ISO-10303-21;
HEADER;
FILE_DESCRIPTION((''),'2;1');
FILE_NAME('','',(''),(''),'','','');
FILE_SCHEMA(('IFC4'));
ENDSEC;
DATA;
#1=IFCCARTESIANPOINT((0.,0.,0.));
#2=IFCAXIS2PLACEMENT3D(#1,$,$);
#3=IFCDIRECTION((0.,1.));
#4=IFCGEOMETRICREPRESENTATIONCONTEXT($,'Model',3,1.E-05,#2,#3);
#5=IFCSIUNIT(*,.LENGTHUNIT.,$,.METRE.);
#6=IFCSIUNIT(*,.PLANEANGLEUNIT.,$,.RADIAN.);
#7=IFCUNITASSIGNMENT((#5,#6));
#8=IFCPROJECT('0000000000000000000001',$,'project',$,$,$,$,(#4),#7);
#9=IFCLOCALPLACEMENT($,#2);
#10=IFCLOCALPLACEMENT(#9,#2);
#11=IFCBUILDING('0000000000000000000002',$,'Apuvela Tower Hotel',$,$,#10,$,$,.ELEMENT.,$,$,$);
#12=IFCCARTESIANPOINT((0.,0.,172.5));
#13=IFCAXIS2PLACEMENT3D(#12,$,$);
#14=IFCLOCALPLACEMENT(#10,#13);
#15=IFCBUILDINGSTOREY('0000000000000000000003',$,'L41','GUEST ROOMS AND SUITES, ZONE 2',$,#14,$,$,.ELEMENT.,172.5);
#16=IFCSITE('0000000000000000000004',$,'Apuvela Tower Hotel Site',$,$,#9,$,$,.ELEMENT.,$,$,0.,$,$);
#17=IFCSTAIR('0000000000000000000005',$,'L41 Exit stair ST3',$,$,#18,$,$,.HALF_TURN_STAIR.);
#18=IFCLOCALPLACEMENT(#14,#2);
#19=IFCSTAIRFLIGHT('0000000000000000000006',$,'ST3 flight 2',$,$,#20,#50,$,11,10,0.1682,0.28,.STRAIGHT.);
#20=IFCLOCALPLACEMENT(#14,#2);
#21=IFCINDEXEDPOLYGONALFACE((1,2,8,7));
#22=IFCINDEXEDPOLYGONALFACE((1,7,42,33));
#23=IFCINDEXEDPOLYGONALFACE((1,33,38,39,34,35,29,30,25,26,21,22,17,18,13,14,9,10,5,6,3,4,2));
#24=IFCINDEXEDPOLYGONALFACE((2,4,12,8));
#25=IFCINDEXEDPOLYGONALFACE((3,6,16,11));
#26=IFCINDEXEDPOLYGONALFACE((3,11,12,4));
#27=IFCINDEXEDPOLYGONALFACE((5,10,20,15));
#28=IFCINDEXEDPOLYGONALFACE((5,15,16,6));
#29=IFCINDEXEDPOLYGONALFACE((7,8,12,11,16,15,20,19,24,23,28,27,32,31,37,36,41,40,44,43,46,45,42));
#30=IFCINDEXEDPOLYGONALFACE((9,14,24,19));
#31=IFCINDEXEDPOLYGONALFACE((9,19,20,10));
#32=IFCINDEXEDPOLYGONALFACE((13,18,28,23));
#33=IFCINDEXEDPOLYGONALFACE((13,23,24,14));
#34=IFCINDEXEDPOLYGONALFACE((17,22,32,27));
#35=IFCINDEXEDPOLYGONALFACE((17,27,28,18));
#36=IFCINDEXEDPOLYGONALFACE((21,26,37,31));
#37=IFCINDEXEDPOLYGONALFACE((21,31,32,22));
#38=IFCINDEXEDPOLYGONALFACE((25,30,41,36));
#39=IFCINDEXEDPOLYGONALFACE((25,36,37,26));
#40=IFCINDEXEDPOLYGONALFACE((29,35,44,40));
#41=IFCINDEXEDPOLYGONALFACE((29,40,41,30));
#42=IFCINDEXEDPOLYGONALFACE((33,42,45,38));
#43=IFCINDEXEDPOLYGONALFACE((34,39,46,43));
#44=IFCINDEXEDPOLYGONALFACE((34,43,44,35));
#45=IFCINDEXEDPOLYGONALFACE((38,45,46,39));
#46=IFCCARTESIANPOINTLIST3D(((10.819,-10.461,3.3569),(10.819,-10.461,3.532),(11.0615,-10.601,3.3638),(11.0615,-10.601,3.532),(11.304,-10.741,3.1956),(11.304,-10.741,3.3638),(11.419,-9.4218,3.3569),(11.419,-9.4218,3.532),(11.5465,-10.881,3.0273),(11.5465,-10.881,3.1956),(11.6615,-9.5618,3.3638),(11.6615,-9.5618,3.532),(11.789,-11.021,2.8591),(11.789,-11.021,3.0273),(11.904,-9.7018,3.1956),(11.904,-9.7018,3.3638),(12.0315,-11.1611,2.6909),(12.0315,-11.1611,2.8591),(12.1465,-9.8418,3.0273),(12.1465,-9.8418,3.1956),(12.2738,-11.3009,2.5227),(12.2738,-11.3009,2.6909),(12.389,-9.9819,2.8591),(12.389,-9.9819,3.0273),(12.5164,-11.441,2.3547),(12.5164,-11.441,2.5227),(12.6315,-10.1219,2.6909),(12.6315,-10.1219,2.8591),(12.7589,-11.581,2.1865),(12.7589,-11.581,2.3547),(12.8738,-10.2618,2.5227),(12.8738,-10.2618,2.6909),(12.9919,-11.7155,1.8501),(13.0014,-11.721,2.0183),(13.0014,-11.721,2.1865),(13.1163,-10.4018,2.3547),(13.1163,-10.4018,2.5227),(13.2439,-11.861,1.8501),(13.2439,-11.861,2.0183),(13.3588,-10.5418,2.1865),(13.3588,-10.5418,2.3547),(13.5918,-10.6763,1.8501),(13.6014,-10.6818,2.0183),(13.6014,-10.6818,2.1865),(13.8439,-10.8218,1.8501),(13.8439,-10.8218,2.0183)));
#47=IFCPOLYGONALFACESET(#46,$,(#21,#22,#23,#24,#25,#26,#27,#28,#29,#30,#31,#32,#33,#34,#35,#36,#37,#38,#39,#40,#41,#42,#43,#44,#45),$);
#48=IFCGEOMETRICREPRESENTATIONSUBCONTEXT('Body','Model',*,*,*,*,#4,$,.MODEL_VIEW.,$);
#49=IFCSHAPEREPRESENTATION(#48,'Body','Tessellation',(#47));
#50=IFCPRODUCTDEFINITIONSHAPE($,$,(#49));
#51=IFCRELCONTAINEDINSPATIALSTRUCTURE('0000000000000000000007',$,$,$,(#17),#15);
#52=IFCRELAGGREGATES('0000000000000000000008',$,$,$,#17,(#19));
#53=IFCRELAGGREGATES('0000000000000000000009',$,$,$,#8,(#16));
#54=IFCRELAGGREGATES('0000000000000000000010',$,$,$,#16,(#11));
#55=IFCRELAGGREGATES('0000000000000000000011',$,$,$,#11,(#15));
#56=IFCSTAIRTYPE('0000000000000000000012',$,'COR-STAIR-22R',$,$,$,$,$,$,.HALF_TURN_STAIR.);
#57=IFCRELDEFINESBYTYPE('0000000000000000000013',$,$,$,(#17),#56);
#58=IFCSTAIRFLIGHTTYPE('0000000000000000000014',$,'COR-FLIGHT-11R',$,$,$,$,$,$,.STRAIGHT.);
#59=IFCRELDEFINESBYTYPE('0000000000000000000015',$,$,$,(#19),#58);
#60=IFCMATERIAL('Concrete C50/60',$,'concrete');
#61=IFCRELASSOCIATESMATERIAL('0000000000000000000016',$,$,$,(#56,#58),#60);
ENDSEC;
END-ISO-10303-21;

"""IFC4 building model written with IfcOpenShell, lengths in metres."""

from ifc_helpers import new_model, si_unit, direction, frame, origin, place, context, subcontext, project, spatial, polyline, outline, extrude, material, type_object, element, aggregate, save


model = new_model("IFC4")

# Units and contexts
model_context = context("Model", 3, precision=1e-05, world=origin(), true_north=direction((0.0, 1.0)))
body_context = subcontext(model_context, "Body", "Model", "MODEL_VIEW")
ifc_project = project(units=[si_unit("LENGTHUNIT", "METRE"), si_unit("PLANEANGLEUNIT", "RADIAN")], contexts=[model_context])

# Site, building, storey
site_placement = place(None, origin())
site = spatial("IfcSite", under=ifc_project, at=site_placement, Name="Apuvela Tower Hotel Site", CompositionType="ELEMENT", RefElevation=0.0)
building_placement = place(site_placement, origin())
building = spatial("IfcBuilding", under=site, at=building_placement, Name="Apuvela Tower Hotel", CompositionType="ELEMENT")
storey_placement = place(building_placement, frame((0.0, 0.0, 172.5)))
storey = spatial("IfcBuildingStorey", under=building, at=storey_placement, Name="L41", Description="GUEST ROOMS AND SUITES, ZONE 2", CompositionType="ELEMENT", Elevation=172.5)

# Shared definitions
ifc_material_1 = material(Name="Concrete C50/60", Category="concrete")

# Stair, stair flight
stair_type = type_object("IfcStairType", Name="COR-STAIR-22R", PredefinedType="HALF_TURN_STAIR", material=ifc_material_1)
stair_placement = place(storey_placement, origin())
stair = element("IfcStair", 1, at=stair_placement, inside=storey, type_object=stair_type, Name="L41 Exit stair ST3", PredefinedType="HALF_TURN_STAIR")
stair_flight_type = type_object("IfcStairFlightType", Name="COR-FLIGHT-11R", PredefinedType="STRAIGHT", material=ifc_material_1)
stair_flight_placement = place(storey_placement, frame((13.5439, -11.3413, 1.8501), z_axis=(0.0, 0.0, 1.0), x_axis=(-0.866025, 0.5, 0.0)))
stair_flight = element("IfcStairFlight", 2, at=stair_flight_placement, type_object=stair_flight_type, Name="ST3 flight 2", NumberOfRisers=11, NumberOfTreads=10, PredefinedType="STRAIGHT", RiserHeight=0.1682, TreadLength=0.28, context=body_context, shape_type="SweptSolid", body=[
    extrude(outline(polyline([(0.0, 0.0), (0.0, 0.1682), (0.28, 0.1682), (0.28, 0.3364), (0.5601, 0.3364), (0.5601, 0.5046), (0.8401, 0.5046), (0.8401, 0.6726), (1.1201, 0.6726), (1.1201, 0.8408), (1.3999, 0.8408), (1.3999, 1.009), (1.6799, 1.009), (1.6799, 1.1772), (1.96, 1.1772), (1.96, 1.3455), (2.24, 1.3455), (2.24, 1.5137), (2.52, 1.5137), (2.52, 1.6819), (2.8, 1.6819), (2.8, 1.8501), (2.8, 1.5068), (0.291, 0.0), (0.0, 0.0)])), frame((0.0, 0.6001, 0.0), z_axis=(0.0, -1.0, 0.0), x_axis=(1.0, 0.0, 0.0)), (0.0, 0.0, 1.0), 1.2),
])
aggregate(stair, [stair_flight])

save(model, "model.ifc")
